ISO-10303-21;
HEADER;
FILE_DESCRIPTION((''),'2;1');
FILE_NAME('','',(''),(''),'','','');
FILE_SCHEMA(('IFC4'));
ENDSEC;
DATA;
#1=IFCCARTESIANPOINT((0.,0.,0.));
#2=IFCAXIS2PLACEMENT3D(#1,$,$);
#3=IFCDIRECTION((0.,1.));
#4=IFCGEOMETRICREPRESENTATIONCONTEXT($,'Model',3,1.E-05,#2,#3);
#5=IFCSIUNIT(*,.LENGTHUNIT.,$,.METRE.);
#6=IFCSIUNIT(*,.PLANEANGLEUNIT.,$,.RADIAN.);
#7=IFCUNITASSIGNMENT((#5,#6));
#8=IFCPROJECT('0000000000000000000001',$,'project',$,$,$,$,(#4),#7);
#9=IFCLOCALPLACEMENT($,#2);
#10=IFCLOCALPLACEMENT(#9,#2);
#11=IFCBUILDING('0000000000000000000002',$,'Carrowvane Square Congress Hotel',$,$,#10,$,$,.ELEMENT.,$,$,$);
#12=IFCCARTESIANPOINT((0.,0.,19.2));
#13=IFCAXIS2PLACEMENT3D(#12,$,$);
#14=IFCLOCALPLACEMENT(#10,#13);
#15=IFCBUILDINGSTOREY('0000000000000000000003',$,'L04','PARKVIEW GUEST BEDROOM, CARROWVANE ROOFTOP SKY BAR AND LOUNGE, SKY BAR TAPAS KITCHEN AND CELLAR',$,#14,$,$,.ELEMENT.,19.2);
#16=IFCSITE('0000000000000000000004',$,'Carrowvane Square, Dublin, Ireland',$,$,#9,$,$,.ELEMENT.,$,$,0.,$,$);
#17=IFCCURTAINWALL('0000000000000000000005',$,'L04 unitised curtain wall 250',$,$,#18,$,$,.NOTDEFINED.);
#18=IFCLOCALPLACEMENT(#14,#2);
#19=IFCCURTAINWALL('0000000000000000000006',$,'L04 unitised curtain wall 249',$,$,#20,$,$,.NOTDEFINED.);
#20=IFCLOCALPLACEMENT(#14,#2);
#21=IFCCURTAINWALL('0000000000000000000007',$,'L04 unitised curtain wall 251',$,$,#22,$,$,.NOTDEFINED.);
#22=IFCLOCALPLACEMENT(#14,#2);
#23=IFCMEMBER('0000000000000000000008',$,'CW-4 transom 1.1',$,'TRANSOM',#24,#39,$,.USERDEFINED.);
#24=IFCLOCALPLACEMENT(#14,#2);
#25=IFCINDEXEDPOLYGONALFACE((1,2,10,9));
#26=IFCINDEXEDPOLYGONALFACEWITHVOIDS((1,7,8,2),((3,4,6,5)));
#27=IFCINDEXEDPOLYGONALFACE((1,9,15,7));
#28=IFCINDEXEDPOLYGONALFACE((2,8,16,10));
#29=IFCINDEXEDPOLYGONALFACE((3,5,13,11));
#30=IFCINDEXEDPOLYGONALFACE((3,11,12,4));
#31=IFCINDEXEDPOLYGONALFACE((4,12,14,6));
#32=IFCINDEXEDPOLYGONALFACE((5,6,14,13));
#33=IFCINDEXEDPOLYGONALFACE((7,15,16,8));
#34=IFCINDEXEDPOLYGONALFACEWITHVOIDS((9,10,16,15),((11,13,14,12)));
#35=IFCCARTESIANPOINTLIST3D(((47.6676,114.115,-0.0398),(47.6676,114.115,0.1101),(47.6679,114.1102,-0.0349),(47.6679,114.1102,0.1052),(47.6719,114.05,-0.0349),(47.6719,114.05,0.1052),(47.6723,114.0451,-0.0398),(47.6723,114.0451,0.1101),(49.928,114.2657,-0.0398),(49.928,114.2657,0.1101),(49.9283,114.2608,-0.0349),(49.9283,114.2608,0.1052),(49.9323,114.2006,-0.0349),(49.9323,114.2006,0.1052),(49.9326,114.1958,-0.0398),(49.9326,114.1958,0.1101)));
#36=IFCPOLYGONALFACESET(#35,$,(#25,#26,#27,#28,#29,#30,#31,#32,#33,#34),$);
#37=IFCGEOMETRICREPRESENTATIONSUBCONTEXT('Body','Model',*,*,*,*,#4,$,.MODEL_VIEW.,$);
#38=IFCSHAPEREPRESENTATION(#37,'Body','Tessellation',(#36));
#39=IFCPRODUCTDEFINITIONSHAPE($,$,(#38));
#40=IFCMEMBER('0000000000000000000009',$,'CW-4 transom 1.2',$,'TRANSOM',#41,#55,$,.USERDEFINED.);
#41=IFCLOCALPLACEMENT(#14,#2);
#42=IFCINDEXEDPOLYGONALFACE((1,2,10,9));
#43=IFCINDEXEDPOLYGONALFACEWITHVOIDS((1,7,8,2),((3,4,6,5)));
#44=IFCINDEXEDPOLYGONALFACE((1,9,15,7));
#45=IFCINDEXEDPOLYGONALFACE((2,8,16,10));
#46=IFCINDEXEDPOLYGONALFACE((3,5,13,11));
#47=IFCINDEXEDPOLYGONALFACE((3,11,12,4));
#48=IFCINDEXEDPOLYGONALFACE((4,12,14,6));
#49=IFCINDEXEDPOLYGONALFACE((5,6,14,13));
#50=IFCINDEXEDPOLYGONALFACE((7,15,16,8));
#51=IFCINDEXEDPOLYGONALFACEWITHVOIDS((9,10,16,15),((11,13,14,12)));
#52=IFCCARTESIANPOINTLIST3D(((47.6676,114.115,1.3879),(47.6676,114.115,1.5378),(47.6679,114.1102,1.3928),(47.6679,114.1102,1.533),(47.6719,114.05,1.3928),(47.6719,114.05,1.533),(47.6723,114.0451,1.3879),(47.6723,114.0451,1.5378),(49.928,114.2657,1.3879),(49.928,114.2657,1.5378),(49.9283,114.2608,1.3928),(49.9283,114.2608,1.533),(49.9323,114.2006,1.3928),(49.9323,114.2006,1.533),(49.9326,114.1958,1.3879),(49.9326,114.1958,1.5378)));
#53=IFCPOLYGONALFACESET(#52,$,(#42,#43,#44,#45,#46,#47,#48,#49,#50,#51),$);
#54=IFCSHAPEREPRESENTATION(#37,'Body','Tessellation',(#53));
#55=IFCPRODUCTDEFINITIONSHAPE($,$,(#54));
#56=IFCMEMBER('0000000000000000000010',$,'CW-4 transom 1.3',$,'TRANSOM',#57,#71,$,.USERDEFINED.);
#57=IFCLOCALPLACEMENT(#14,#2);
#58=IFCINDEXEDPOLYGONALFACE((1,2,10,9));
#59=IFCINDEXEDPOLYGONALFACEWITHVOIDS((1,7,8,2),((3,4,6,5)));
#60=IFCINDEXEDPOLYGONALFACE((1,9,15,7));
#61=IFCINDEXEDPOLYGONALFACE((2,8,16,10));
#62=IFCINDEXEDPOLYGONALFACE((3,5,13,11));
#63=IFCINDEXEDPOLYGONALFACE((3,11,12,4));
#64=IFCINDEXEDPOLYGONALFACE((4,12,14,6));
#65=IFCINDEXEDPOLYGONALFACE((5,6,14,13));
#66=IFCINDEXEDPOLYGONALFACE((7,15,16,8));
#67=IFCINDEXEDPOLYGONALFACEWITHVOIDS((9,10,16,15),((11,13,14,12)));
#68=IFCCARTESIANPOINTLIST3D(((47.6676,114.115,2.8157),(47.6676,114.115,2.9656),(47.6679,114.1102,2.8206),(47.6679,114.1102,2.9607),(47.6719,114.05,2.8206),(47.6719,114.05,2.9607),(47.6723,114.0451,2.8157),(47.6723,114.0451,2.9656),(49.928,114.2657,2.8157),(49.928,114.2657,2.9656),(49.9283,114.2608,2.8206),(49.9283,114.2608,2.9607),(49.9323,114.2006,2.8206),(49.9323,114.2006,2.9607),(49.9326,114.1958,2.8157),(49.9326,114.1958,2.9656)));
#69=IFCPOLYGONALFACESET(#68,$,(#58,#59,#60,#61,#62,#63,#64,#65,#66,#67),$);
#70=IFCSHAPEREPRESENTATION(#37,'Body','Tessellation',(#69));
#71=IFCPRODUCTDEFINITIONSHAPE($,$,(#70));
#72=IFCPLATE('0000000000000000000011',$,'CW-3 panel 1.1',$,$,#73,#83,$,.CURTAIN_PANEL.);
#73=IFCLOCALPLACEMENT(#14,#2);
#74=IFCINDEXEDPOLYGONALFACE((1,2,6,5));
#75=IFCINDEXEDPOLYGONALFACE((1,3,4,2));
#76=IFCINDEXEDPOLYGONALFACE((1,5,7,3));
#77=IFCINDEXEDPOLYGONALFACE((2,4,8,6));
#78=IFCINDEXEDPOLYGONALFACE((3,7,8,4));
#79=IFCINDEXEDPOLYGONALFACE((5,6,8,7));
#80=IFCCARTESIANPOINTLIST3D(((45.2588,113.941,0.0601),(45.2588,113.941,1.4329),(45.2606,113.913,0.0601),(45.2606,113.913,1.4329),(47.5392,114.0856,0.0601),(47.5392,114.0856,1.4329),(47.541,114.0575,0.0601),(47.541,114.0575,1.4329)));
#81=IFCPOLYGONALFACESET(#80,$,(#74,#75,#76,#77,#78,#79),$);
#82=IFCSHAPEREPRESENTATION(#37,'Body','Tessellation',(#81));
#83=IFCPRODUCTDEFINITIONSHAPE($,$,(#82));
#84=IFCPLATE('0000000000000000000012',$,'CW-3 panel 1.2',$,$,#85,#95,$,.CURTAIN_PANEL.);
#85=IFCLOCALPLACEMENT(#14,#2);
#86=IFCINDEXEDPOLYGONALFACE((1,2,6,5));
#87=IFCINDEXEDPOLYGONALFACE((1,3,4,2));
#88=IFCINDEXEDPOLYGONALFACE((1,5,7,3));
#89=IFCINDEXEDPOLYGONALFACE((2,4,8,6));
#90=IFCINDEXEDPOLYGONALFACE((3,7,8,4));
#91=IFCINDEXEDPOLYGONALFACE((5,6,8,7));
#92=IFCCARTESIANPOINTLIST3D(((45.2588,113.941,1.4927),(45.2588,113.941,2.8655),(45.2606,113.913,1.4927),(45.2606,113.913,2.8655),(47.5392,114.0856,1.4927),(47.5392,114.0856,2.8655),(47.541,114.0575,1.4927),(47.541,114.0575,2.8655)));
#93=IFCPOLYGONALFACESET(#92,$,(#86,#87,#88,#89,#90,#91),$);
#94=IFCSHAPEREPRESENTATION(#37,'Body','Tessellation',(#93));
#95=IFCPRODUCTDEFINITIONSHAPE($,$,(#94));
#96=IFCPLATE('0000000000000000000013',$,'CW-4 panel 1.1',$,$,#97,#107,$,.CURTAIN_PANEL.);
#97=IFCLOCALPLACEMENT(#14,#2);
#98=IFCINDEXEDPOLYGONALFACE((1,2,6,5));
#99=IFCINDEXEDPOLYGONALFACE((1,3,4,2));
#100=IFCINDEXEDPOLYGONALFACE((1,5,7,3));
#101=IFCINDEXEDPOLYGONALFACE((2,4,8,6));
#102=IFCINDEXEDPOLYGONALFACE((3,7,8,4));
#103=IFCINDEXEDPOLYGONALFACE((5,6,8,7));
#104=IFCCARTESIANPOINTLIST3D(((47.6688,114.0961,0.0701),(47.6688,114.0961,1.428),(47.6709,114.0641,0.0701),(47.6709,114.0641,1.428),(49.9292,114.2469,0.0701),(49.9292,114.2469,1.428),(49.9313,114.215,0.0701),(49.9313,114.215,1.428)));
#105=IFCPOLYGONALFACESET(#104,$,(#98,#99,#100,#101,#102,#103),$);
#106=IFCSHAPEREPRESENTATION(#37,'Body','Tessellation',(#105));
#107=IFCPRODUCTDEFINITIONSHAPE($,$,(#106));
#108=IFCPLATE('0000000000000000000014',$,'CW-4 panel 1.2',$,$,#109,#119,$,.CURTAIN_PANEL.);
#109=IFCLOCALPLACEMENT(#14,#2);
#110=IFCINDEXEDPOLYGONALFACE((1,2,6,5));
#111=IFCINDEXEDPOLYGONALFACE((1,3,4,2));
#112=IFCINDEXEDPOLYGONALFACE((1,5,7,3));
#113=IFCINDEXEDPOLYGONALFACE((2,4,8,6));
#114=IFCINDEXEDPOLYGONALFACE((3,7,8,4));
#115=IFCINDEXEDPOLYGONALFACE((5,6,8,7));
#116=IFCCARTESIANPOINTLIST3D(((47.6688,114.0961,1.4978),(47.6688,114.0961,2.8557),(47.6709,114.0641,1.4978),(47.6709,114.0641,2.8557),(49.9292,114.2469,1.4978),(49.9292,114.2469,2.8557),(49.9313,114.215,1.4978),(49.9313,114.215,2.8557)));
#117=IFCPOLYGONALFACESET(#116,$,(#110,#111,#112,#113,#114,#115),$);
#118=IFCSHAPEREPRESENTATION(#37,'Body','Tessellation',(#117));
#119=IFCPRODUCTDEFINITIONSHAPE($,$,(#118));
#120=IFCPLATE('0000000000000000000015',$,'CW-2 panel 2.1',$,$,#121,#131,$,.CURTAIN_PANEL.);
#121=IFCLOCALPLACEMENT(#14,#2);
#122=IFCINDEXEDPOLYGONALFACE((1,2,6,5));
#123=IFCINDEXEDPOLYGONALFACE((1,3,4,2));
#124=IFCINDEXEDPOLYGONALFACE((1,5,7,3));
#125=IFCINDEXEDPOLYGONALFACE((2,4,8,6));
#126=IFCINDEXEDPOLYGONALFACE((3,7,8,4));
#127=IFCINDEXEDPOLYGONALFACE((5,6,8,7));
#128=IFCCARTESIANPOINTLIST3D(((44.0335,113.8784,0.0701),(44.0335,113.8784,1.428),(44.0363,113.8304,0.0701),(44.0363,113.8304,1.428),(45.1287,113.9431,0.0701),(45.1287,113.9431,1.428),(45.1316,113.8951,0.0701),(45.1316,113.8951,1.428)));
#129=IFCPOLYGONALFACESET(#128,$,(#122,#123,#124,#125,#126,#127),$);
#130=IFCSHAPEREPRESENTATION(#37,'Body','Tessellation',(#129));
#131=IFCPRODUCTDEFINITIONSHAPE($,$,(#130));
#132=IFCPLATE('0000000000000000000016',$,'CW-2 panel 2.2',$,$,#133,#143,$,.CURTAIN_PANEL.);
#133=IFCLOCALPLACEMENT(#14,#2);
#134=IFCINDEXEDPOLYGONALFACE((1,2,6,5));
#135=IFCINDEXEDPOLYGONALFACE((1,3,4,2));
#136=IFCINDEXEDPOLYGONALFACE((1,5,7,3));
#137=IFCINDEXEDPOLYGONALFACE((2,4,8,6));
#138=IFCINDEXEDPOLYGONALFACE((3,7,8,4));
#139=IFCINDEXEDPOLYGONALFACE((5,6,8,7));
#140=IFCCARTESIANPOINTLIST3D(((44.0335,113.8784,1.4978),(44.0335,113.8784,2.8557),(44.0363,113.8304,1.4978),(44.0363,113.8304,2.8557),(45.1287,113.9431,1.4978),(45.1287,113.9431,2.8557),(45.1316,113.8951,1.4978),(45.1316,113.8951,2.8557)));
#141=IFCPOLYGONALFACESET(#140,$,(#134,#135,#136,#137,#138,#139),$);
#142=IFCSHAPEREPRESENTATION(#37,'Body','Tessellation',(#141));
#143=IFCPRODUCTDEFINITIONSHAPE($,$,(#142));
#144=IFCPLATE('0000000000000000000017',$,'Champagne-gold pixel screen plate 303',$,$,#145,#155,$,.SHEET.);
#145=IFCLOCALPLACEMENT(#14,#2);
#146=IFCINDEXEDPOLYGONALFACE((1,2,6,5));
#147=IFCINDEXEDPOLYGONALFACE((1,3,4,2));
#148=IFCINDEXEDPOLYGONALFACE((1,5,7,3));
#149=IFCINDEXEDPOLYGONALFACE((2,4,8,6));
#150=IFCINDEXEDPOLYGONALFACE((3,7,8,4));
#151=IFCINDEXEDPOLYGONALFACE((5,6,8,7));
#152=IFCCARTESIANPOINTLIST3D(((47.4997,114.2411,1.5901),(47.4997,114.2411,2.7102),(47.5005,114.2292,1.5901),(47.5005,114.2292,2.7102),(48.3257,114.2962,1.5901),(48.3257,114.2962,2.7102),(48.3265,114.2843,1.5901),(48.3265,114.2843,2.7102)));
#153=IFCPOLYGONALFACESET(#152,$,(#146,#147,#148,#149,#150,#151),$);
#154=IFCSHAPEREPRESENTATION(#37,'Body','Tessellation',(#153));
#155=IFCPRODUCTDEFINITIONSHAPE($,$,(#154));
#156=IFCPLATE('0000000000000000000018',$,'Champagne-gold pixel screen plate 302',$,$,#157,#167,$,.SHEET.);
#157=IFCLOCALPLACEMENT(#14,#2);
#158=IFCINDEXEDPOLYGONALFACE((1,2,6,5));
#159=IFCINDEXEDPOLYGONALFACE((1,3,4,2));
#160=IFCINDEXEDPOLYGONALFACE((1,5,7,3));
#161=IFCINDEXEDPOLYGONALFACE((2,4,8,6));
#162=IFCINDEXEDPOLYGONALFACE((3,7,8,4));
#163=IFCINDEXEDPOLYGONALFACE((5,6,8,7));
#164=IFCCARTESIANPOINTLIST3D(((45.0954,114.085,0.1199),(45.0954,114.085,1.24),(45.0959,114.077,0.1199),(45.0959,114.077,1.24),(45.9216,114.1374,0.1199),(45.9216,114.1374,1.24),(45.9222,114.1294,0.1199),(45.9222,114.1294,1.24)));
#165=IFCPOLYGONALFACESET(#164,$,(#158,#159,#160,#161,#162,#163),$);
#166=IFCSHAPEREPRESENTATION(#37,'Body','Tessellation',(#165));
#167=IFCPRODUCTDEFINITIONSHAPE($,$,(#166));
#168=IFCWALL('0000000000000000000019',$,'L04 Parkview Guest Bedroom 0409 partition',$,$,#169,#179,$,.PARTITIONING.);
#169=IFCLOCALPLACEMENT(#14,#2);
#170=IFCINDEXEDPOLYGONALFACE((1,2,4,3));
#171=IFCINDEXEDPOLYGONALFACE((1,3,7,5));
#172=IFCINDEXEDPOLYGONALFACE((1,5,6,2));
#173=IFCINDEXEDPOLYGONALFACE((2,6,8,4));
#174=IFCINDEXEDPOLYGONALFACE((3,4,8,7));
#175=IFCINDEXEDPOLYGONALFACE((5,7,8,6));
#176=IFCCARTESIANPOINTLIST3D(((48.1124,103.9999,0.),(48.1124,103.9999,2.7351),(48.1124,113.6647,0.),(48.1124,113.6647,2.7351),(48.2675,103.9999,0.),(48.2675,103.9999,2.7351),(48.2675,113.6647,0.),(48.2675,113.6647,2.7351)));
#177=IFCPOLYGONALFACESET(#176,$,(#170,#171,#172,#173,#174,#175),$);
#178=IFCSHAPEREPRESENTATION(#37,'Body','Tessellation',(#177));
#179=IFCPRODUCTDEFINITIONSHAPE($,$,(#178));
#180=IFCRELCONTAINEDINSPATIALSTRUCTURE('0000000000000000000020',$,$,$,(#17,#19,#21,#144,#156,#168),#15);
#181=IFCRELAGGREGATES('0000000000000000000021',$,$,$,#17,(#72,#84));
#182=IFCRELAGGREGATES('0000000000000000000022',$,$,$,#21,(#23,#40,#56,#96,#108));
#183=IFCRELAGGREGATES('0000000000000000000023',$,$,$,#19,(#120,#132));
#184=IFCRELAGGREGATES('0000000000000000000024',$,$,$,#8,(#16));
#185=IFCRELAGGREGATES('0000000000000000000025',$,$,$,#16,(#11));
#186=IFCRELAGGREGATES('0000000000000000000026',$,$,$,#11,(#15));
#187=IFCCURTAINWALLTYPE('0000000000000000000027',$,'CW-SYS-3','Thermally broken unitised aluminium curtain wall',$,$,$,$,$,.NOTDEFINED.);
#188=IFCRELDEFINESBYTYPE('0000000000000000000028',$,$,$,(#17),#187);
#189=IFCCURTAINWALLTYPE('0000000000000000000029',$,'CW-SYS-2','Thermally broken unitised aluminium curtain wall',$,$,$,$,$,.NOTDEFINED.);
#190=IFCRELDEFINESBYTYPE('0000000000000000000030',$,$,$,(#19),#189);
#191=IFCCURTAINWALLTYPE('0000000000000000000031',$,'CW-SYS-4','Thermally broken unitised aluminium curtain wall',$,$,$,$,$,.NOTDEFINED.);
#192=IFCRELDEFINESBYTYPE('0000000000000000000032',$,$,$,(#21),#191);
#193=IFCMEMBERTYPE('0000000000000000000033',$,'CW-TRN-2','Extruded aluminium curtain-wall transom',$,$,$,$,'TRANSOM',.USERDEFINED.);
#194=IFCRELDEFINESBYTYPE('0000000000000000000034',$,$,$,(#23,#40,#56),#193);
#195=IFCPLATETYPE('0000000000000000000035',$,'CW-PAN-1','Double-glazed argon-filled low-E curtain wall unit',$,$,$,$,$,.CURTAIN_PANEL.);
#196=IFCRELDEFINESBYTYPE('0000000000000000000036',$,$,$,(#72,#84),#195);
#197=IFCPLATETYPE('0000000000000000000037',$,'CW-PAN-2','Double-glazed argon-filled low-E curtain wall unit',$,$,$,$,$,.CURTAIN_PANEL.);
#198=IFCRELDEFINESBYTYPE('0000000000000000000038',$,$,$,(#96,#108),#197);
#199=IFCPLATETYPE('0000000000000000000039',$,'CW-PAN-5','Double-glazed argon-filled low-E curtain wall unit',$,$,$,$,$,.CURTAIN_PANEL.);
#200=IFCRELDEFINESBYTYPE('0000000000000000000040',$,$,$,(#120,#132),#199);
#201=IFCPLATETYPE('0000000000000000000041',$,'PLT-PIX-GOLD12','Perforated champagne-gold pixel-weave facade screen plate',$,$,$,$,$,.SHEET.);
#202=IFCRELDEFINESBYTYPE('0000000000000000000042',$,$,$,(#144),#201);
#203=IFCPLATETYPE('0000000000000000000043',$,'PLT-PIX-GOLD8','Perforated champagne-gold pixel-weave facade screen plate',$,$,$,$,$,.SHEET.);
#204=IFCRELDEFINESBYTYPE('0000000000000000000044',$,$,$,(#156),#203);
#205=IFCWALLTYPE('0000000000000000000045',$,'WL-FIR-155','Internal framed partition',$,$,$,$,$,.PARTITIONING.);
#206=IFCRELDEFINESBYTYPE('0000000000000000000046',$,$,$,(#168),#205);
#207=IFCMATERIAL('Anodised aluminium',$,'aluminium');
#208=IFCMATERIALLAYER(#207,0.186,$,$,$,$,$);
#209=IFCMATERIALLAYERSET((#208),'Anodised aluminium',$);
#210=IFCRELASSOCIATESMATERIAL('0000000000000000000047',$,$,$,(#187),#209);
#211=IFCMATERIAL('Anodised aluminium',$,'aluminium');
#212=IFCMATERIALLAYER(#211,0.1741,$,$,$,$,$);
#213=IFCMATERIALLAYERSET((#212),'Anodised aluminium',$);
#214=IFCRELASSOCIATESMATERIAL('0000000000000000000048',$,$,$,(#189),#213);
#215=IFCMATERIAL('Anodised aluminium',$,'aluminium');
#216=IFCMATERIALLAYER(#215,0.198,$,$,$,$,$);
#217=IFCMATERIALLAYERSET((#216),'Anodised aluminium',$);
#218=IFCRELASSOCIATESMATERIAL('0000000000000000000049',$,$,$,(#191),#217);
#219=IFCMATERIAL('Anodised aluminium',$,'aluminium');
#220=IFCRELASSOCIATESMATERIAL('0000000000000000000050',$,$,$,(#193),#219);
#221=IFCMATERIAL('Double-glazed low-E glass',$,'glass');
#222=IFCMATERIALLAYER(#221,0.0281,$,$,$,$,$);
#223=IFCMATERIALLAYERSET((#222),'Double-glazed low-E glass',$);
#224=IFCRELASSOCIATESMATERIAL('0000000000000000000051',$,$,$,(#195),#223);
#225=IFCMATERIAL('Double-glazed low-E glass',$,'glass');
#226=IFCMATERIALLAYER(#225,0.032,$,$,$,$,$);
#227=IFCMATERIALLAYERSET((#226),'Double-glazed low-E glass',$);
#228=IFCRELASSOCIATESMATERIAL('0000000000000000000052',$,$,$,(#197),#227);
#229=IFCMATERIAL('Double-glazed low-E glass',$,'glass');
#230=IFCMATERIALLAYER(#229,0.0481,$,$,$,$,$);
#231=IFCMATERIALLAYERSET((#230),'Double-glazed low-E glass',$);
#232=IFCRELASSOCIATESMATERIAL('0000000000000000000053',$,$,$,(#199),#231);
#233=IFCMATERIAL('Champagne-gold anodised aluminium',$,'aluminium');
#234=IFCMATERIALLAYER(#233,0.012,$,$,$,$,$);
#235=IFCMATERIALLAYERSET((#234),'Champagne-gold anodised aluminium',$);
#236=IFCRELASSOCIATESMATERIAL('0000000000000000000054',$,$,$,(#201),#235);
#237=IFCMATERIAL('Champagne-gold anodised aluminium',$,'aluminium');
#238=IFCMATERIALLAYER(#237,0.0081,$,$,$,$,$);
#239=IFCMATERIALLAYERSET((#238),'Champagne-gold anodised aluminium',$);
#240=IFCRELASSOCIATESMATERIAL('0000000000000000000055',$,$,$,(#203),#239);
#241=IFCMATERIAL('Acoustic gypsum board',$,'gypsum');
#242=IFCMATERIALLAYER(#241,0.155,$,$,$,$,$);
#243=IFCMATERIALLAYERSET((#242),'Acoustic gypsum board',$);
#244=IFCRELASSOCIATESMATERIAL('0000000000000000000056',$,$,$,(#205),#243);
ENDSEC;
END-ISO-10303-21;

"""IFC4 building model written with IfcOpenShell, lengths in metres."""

from ifc_helpers import new_model, si_unit, direction, frame, frame_2d, origin, origin_2d, place, context, subcontext, project, spatial, rectangle, hollow_rectangle, extrude, material, layer, layer_set, material_profile, profile_set, type_object, element, aggregate, save


model = new_model("IFC4")

# Units and contexts
model_context = context("Model", 3, precision=1e-05, world=origin(), true_north=direction((0.0, 1.0)))
body_context = subcontext(model_context, "Body", "Model", "MODEL_VIEW")
ifc_project = project(units=[si_unit("LENGTHUNIT", "METRE"), si_unit("PLANEANGLEUNIT", "RADIAN")], contexts=[model_context])

# Site, building, storey
site_placement = place(None, origin())
site = spatial("IfcSite", under=ifc_project, at=site_placement, Name="Carrowvane Square, Dublin, Ireland", CompositionType="ELEMENT", RefElevation=0.0)
building_placement = place(site_placement, origin())
building = spatial("IfcBuilding", under=site, at=building_placement, Name="Carrowvane Square Congress Hotel", CompositionType="ELEMENT")
storey_placement = place(building_placement, frame((0.0, 0.0, 19.2)))
storey = spatial("IfcBuildingStorey", under=building, at=storey_placement, Name="L04", Description="PARKVIEW GUEST BEDROOM, CARROWVANE ROOFTOP SKY BAR AND LOUNGE, SKY BAR TAPAS KITCHEN AND CELLAR", CompositionType="ELEMENT", Elevation=19.2)

# Curtain wall
ifc_material_1 = material(Name="Anodised aluminium", Category="aluminium")
ifc_layer_1 = layer(ifc_material_1, 0.186)
ifc_layer_set_1 = layer_set([ifc_layer_1], Name="Anodised aluminium")
curtain_wall_type_1 = type_object("IfcCurtainWallType", Name="CW-SYS-3", Description="Thermally broken unitised aluminium curtain wall", PredefinedType="NOTDEFINED", material=ifc_layer_set_1)
curtain_wall_1_placement = place(storey_placement, origin())
curtain_wall_1 = element("IfcCurtainWall", 1, at=curtain_wall_1_placement, inside=storey, type_object=curtain_wall_type_1, Name="L04 unitised curtain wall 250", PredefinedType="NOTDEFINED")

# Curtain wall
ifc_material_2 = material(Name="Anodised aluminium", Category="aluminium")
ifc_layer_2 = layer(ifc_material_2, 0.1741)
ifc_layer_set_2 = layer_set([ifc_layer_2], Name="Anodised aluminium")
curtain_wall_type_2 = type_object("IfcCurtainWallType", Name="CW-SYS-2", Description="Thermally broken unitised aluminium curtain wall", PredefinedType="NOTDEFINED", material=ifc_layer_set_2)
curtain_wall_2_placement = place(storey_placement, origin())
curtain_wall_2 = element("IfcCurtainWall", 2, at=curtain_wall_2_placement, inside=storey, type_object=curtain_wall_type_2, Name="L04 unitised curtain wall 249", PredefinedType="NOTDEFINED")

# Curtain wall
ifc_material_3 = material(Name="Anodised aluminium", Category="aluminium")
ifc_layer_3 = layer(ifc_material_3, 0.198)
ifc_layer_set_3 = layer_set([ifc_layer_3], Name="Anodised aluminium")
curtain_wall_type_3 = type_object("IfcCurtainWallType", Name="CW-SYS-4", Description="Thermally broken unitised aluminium curtain wall", PredefinedType="NOTDEFINED", material=ifc_layer_set_3)
curtain_wall_3_placement = place(storey_placement, origin())
curtain_wall_3 = element("IfcCurtainWall", 3, at=curtain_wall_3_placement, inside=storey, type_object=curtain_wall_type_3, Name="L04 unitised curtain wall 251", PredefinedType="NOTDEFINED")

# Members
ifc_material_4 = material(Name="Anodised aluminium", Category="aluminium")
ifc_material_profile_1 = material_profile(ifc_material_4, hollow_rectangle(XDim=0.0701, YDim=0.1499, WallThickness=0.0049, at=origin_2d()), Name="CW-TR 70x150x5")
ifc_profile_set_1 = profile_set([ifc_material_profile_1], Name="Anodised aluminium")
member_type_1 = type_object("IfcMemberType", Name="CW-TRN-2", Description="Extruded aluminium curtain-wall transom", ElementType="TRANSOM", PredefinedType="USERDEFINED", material=ifc_profile_set_1)
member_1_placement = place(storey_placement, frame((47.6699, 114.0801, 0.0352), z_axis=(0.997787, 0.066498, 0.0), x_axis=(-0.066498, 0.997787, 0.0)))
member_1 = element("IfcMember", 4, at=member_1_placement, type_object=member_type_1, Name="CW-4 transom 1.1", ObjectType="TRANSOM", PredefinedType="USERDEFINED", context=body_context, shape_type="SweptSolid", body=[
    extrude(hollow_rectangle(XDim=0.0701, YDim=0.1499, WallThickness=0.0049, at=origin_2d()), origin(), (0.0, 0.0, 1.0), 2.2654),
])
member_2_placement = place(storey_placement, frame((47.6699, 114.0801, 1.4629), z_axis=(0.997787, 0.066498, 0.0), x_axis=(-0.066498, 0.997787, 0.0)))
member_2 = element("IfcMember", 5, at=member_2_placement, type_object=member_type_1, Name="CW-4 transom 1.2", ObjectType="TRANSOM", PredefinedType="USERDEFINED", context=body_context, shape_type="SweptSolid", body=[
    extrude(hollow_rectangle(XDim=0.0701, YDim=0.1499, WallThickness=0.0049, at=origin_2d()), origin(), (0.0, 0.0, 1.0), 2.2654),
])
member_3_placement = place(storey_placement, frame((47.6699, 114.0801, 2.8906), z_axis=(0.997787, 0.066498, 0.0), x_axis=(-0.066498, 0.997787, 0.0)))
member_3 = element("IfcMember", 6, at=member_3_placement, type_object=member_type_1, Name="CW-4 transom 1.3", ObjectType="TRANSOM", PredefinedType="USERDEFINED", context=body_context, shape_type="SweptSolid", body=[
    extrude(hollow_rectangle(XDim=0.0701, YDim=0.1499, WallThickness=0.0049, at=origin_2d()), origin(), (0.0, 0.0, 1.0), 2.2654),
])

# Plates
ifc_material_5 = material(Name="Double-glazed low-E glass", Category="glass")
ifc_layer_4 = layer(ifc_material_5, 0.0281)
ifc_layer_set_4 = layer_set([ifc_layer_4], Name="Double-glazed low-E glass")
plate_type_1 = type_object("IfcPlateType", Name="CW-PAN-1", Description="Double-glazed argon-filled low-E curtain wall unit", PredefinedType="CURTAIN_PANEL", material=ifc_layer_set_4)
plate_1_placement = place(storey_placement, frame((46.3999, 113.9993, 0.0601), z_axis=(0.0, 0.0, 1.0), x_axis=(0.997996, 0.063273, 0.0)))
plate_1 = element("IfcPlate", 7, at=plate_1_placement, type_object=plate_type_1, Name="CW-3 panel 1.1", PredefinedType="CURTAIN_PANEL", context=body_context, shape_type="SweptSolid", body=[
    extrude(rectangle(XDim=2.2849, YDim=0.0281, at=origin_2d()), origin(), (0.0, 0.0, 1.0), 1.3728),
])
plate_2_placement = place(storey_placement, frame((46.3999, 113.9993, 1.4927), z_axis=(0.0, 0.0, 1.0), x_axis=(0.997996, 0.063273, 0.0)))
plate_2 = element("IfcPlate", 8, at=plate_2_placement, type_object=plate_type_1, Name="CW-3 panel 1.2", PredefinedType="CURTAIN_PANEL", context=body_context, shape_type="SweptSolid", body=[
    extrude(rectangle(XDim=2.2849, YDim=0.0281, at=origin_2d()), origin(), (0.0, 0.0, 1.0), 1.3728),
])
aggregate(curtain_wall_1, [plate_1, plate_2])
ifc_material_6 = material(Name="Double-glazed low-E glass", Category="glass")
ifc_layer_5 = layer(ifc_material_6, 0.032)
ifc_layer_set_5 = layer_set([ifc_layer_5], Name="Double-glazed low-E glass")
plate_type_2 = type_object("IfcPlateType", Name="CW-PAN-2", Description="Double-glazed argon-filled low-E curtain wall unit", PredefinedType="CURTAIN_PANEL", material=ifc_layer_set_5)
plate_3_placement = place(storey_placement, frame((48.8, 114.1555, 0.0701), z_axis=(0.0, 0.0, 1.0), x_axis=(0.997781, 0.066578, 0.0)))
plate_3 = element("IfcPlate", 9, at=plate_3_placement, type_object=plate_type_2, Name="CW-4 panel 1.1", PredefinedType="CURTAIN_PANEL", context=body_context, shape_type="SweptSolid", body=[
    extrude(rectangle(XDim=2.2654, YDim=0.032, at=origin_2d()), origin(), (0.0, 0.0, 1.0), 1.3579),
])
plate_4_placement = place(storey_placement, frame((48.8, 114.1555, 1.4978), z_axis=(0.0, 0.0, 1.0), x_axis=(0.997781, 0.066578, 0.0)))
plate_4 = element("IfcPlate", 10, at=plate_4_placement, type_object=plate_type_2, Name="CW-4 panel 1.2", PredefinedType="CURTAIN_PANEL", context=body_context, shape_type="SweptSolid", body=[
    extrude(rectangle(XDim=2.2654, YDim=0.032, at=origin_2d()), origin(), (0.0, 0.0, 1.0), 1.3579),
])
aggregate(curtain_wall_3, [member_1, member_2, member_3, plate_3, plate_4])
ifc_material_7 = material(Name="Double-glazed low-E glass", Category="glass")
ifc_layer_6 = layer(ifc_material_7, 0.0481)
ifc_layer_set_6 = layer_set([ifc_layer_6], Name="Double-glazed low-E glass")
plate_type_3 = type_object("IfcPlateType", Name="CW-PAN-5", Description="Double-glazed argon-filled low-E curtain wall unit", PredefinedType="CURTAIN_PANEL", material=ifc_layer_set_6)
plate_5_placement = place(storey_placement, frame((44.5825, 113.8867, 0.0701), z_axis=(0.0, 0.0, 1.0), x_axis=(0.998259, 0.058989, 0.0)))
plate_5 = element("IfcPlate", 11, at=plate_5_placement, type_object=plate_type_3, Name="CW-2 panel 2.1", PredefinedType="CURTAIN_PANEL", context=body_context, shape_type="SweptSolid", body=[
    extrude(rectangle(XDim=1.0972, YDim=0.0481, at=origin_2d()), origin(), (0.0, 0.0, 1.0), 1.3579),
])
plate_6_placement = place(storey_placement, frame((44.5825, 113.8867, 1.4978), z_axis=(0.0, 0.0, 1.0), x_axis=(0.998259, 0.058989, 0.0)))
plate_6 = element("IfcPlate", 12, at=plate_6_placement, type_object=plate_type_3, Name="CW-2 panel 2.2", PredefinedType="CURTAIN_PANEL", context=body_context, shape_type="SweptSolid", body=[
    extrude(rectangle(XDim=1.0972, YDim=0.0481, at=origin_2d()), origin(), (0.0, 0.0, 1.0), 1.3579),
])
aggregate(curtain_wall_2, [plate_5, plate_6])

# Plates
ifc_material_8 = material(Name="Champagne-gold anodised aluminium", Category="aluminium")
ifc_layer_7 = layer(ifc_material_8, 0.012)
ifc_layer_set_7 = layer_set([ifc_layer_7], Name="Champagne-gold anodised aluminium")
plate_type_4 = type_object("IfcPlateType", Name="PLT-PIX-GOLD12", Description="Perforated champagne-gold pixel-weave facade screen plate", PredefinedType="SHEET", material=ifc_layer_set_7)
plate_7_placement = place(storey_placement, frame((47.9131, 114.2627, 1.5901), z_axis=(0.0, 0.0, 1.0), x_axis=(0.997781, 0.066574, 0.0)))
element("IfcPlate", 13, at=plate_7_placement, inside=storey, type_object=plate_type_4, Name="Champagne-gold pixel screen plate 303", PredefinedType="SHEET", context=body_context, shape_type="SweptSolid", body=[
    extrude(rectangle(XDim=0.8279, YDim=0.012, at=origin_2d()), origin(), (0.0, 0.0, 1.0), 1.1201),
])
ifc_material_9 = material(Name="Champagne-gold anodised aluminium", Category="aluminium")
ifc_layer_8 = layer(ifc_material_9, 0.0081)
ifc_layer_set_8 = layer_set([ifc_layer_8], Name="Champagne-gold anodised aluminium")
plate_type_5 = type_object("IfcPlateType", Name="PLT-PIX-GOLD8", Description="Perforated champagne-gold pixel-weave facade screen plate", PredefinedType="SHEET", material=ifc_layer_set_8)
plate_8_placement = place(storey_placement, frame((45.5088, 114.1072, 0.1199), z_axis=(0.0, 0.0, 1.0), x_axis=(0.997996, 0.063277, 0.0)))
element("IfcPlate", 14, at=plate_8_placement, inside=storey, type_object=plate_type_5, Name="Champagne-gold pixel screen plate 302", PredefinedType="SHEET", context=body_context, shape_type="SweptSolid", body=[
    extrude(rectangle(XDim=0.8279, YDim=0.0081, at=origin_2d()), origin(), (0.0, 0.0, 1.0), 1.1201),
])

# Wall
ifc_material_10 = material(Name="Acoustic gypsum board", Category="gypsum")
ifc_layer_9 = layer(ifc_material_10, 0.155)
ifc_layer_set_9 = layer_set([ifc_layer_9], Name="Acoustic gypsum board")
wall_type = type_object("IfcWallType", Name="WL-FIR-155", Description="Internal framed partition", PredefinedType="PARTITIONING", material=ifc_layer_set_9)
wall_placement = place(storey_placement, frame((48.1899, 113.6648, 0.0), z_axis=(0.0, 0.0, 1.0), x_axis=(0.0, -1.0, 0.0)))
element("IfcWall", 15, at=wall_placement, inside=storey, type_object=wall_type, Name="L04 Parkview Guest Bedroom 0409 partition", PredefinedType="PARTITIONING", context=body_context, shape_type="SweptSolid", body=[
    extrude(rectangle(XDim=9.6648, YDim=0.155, at=frame_2d((4.8325, 0.0))), origin(), (0.0, 0.0, 1.0), 2.7351),
])

save(model, "model.ifc")
